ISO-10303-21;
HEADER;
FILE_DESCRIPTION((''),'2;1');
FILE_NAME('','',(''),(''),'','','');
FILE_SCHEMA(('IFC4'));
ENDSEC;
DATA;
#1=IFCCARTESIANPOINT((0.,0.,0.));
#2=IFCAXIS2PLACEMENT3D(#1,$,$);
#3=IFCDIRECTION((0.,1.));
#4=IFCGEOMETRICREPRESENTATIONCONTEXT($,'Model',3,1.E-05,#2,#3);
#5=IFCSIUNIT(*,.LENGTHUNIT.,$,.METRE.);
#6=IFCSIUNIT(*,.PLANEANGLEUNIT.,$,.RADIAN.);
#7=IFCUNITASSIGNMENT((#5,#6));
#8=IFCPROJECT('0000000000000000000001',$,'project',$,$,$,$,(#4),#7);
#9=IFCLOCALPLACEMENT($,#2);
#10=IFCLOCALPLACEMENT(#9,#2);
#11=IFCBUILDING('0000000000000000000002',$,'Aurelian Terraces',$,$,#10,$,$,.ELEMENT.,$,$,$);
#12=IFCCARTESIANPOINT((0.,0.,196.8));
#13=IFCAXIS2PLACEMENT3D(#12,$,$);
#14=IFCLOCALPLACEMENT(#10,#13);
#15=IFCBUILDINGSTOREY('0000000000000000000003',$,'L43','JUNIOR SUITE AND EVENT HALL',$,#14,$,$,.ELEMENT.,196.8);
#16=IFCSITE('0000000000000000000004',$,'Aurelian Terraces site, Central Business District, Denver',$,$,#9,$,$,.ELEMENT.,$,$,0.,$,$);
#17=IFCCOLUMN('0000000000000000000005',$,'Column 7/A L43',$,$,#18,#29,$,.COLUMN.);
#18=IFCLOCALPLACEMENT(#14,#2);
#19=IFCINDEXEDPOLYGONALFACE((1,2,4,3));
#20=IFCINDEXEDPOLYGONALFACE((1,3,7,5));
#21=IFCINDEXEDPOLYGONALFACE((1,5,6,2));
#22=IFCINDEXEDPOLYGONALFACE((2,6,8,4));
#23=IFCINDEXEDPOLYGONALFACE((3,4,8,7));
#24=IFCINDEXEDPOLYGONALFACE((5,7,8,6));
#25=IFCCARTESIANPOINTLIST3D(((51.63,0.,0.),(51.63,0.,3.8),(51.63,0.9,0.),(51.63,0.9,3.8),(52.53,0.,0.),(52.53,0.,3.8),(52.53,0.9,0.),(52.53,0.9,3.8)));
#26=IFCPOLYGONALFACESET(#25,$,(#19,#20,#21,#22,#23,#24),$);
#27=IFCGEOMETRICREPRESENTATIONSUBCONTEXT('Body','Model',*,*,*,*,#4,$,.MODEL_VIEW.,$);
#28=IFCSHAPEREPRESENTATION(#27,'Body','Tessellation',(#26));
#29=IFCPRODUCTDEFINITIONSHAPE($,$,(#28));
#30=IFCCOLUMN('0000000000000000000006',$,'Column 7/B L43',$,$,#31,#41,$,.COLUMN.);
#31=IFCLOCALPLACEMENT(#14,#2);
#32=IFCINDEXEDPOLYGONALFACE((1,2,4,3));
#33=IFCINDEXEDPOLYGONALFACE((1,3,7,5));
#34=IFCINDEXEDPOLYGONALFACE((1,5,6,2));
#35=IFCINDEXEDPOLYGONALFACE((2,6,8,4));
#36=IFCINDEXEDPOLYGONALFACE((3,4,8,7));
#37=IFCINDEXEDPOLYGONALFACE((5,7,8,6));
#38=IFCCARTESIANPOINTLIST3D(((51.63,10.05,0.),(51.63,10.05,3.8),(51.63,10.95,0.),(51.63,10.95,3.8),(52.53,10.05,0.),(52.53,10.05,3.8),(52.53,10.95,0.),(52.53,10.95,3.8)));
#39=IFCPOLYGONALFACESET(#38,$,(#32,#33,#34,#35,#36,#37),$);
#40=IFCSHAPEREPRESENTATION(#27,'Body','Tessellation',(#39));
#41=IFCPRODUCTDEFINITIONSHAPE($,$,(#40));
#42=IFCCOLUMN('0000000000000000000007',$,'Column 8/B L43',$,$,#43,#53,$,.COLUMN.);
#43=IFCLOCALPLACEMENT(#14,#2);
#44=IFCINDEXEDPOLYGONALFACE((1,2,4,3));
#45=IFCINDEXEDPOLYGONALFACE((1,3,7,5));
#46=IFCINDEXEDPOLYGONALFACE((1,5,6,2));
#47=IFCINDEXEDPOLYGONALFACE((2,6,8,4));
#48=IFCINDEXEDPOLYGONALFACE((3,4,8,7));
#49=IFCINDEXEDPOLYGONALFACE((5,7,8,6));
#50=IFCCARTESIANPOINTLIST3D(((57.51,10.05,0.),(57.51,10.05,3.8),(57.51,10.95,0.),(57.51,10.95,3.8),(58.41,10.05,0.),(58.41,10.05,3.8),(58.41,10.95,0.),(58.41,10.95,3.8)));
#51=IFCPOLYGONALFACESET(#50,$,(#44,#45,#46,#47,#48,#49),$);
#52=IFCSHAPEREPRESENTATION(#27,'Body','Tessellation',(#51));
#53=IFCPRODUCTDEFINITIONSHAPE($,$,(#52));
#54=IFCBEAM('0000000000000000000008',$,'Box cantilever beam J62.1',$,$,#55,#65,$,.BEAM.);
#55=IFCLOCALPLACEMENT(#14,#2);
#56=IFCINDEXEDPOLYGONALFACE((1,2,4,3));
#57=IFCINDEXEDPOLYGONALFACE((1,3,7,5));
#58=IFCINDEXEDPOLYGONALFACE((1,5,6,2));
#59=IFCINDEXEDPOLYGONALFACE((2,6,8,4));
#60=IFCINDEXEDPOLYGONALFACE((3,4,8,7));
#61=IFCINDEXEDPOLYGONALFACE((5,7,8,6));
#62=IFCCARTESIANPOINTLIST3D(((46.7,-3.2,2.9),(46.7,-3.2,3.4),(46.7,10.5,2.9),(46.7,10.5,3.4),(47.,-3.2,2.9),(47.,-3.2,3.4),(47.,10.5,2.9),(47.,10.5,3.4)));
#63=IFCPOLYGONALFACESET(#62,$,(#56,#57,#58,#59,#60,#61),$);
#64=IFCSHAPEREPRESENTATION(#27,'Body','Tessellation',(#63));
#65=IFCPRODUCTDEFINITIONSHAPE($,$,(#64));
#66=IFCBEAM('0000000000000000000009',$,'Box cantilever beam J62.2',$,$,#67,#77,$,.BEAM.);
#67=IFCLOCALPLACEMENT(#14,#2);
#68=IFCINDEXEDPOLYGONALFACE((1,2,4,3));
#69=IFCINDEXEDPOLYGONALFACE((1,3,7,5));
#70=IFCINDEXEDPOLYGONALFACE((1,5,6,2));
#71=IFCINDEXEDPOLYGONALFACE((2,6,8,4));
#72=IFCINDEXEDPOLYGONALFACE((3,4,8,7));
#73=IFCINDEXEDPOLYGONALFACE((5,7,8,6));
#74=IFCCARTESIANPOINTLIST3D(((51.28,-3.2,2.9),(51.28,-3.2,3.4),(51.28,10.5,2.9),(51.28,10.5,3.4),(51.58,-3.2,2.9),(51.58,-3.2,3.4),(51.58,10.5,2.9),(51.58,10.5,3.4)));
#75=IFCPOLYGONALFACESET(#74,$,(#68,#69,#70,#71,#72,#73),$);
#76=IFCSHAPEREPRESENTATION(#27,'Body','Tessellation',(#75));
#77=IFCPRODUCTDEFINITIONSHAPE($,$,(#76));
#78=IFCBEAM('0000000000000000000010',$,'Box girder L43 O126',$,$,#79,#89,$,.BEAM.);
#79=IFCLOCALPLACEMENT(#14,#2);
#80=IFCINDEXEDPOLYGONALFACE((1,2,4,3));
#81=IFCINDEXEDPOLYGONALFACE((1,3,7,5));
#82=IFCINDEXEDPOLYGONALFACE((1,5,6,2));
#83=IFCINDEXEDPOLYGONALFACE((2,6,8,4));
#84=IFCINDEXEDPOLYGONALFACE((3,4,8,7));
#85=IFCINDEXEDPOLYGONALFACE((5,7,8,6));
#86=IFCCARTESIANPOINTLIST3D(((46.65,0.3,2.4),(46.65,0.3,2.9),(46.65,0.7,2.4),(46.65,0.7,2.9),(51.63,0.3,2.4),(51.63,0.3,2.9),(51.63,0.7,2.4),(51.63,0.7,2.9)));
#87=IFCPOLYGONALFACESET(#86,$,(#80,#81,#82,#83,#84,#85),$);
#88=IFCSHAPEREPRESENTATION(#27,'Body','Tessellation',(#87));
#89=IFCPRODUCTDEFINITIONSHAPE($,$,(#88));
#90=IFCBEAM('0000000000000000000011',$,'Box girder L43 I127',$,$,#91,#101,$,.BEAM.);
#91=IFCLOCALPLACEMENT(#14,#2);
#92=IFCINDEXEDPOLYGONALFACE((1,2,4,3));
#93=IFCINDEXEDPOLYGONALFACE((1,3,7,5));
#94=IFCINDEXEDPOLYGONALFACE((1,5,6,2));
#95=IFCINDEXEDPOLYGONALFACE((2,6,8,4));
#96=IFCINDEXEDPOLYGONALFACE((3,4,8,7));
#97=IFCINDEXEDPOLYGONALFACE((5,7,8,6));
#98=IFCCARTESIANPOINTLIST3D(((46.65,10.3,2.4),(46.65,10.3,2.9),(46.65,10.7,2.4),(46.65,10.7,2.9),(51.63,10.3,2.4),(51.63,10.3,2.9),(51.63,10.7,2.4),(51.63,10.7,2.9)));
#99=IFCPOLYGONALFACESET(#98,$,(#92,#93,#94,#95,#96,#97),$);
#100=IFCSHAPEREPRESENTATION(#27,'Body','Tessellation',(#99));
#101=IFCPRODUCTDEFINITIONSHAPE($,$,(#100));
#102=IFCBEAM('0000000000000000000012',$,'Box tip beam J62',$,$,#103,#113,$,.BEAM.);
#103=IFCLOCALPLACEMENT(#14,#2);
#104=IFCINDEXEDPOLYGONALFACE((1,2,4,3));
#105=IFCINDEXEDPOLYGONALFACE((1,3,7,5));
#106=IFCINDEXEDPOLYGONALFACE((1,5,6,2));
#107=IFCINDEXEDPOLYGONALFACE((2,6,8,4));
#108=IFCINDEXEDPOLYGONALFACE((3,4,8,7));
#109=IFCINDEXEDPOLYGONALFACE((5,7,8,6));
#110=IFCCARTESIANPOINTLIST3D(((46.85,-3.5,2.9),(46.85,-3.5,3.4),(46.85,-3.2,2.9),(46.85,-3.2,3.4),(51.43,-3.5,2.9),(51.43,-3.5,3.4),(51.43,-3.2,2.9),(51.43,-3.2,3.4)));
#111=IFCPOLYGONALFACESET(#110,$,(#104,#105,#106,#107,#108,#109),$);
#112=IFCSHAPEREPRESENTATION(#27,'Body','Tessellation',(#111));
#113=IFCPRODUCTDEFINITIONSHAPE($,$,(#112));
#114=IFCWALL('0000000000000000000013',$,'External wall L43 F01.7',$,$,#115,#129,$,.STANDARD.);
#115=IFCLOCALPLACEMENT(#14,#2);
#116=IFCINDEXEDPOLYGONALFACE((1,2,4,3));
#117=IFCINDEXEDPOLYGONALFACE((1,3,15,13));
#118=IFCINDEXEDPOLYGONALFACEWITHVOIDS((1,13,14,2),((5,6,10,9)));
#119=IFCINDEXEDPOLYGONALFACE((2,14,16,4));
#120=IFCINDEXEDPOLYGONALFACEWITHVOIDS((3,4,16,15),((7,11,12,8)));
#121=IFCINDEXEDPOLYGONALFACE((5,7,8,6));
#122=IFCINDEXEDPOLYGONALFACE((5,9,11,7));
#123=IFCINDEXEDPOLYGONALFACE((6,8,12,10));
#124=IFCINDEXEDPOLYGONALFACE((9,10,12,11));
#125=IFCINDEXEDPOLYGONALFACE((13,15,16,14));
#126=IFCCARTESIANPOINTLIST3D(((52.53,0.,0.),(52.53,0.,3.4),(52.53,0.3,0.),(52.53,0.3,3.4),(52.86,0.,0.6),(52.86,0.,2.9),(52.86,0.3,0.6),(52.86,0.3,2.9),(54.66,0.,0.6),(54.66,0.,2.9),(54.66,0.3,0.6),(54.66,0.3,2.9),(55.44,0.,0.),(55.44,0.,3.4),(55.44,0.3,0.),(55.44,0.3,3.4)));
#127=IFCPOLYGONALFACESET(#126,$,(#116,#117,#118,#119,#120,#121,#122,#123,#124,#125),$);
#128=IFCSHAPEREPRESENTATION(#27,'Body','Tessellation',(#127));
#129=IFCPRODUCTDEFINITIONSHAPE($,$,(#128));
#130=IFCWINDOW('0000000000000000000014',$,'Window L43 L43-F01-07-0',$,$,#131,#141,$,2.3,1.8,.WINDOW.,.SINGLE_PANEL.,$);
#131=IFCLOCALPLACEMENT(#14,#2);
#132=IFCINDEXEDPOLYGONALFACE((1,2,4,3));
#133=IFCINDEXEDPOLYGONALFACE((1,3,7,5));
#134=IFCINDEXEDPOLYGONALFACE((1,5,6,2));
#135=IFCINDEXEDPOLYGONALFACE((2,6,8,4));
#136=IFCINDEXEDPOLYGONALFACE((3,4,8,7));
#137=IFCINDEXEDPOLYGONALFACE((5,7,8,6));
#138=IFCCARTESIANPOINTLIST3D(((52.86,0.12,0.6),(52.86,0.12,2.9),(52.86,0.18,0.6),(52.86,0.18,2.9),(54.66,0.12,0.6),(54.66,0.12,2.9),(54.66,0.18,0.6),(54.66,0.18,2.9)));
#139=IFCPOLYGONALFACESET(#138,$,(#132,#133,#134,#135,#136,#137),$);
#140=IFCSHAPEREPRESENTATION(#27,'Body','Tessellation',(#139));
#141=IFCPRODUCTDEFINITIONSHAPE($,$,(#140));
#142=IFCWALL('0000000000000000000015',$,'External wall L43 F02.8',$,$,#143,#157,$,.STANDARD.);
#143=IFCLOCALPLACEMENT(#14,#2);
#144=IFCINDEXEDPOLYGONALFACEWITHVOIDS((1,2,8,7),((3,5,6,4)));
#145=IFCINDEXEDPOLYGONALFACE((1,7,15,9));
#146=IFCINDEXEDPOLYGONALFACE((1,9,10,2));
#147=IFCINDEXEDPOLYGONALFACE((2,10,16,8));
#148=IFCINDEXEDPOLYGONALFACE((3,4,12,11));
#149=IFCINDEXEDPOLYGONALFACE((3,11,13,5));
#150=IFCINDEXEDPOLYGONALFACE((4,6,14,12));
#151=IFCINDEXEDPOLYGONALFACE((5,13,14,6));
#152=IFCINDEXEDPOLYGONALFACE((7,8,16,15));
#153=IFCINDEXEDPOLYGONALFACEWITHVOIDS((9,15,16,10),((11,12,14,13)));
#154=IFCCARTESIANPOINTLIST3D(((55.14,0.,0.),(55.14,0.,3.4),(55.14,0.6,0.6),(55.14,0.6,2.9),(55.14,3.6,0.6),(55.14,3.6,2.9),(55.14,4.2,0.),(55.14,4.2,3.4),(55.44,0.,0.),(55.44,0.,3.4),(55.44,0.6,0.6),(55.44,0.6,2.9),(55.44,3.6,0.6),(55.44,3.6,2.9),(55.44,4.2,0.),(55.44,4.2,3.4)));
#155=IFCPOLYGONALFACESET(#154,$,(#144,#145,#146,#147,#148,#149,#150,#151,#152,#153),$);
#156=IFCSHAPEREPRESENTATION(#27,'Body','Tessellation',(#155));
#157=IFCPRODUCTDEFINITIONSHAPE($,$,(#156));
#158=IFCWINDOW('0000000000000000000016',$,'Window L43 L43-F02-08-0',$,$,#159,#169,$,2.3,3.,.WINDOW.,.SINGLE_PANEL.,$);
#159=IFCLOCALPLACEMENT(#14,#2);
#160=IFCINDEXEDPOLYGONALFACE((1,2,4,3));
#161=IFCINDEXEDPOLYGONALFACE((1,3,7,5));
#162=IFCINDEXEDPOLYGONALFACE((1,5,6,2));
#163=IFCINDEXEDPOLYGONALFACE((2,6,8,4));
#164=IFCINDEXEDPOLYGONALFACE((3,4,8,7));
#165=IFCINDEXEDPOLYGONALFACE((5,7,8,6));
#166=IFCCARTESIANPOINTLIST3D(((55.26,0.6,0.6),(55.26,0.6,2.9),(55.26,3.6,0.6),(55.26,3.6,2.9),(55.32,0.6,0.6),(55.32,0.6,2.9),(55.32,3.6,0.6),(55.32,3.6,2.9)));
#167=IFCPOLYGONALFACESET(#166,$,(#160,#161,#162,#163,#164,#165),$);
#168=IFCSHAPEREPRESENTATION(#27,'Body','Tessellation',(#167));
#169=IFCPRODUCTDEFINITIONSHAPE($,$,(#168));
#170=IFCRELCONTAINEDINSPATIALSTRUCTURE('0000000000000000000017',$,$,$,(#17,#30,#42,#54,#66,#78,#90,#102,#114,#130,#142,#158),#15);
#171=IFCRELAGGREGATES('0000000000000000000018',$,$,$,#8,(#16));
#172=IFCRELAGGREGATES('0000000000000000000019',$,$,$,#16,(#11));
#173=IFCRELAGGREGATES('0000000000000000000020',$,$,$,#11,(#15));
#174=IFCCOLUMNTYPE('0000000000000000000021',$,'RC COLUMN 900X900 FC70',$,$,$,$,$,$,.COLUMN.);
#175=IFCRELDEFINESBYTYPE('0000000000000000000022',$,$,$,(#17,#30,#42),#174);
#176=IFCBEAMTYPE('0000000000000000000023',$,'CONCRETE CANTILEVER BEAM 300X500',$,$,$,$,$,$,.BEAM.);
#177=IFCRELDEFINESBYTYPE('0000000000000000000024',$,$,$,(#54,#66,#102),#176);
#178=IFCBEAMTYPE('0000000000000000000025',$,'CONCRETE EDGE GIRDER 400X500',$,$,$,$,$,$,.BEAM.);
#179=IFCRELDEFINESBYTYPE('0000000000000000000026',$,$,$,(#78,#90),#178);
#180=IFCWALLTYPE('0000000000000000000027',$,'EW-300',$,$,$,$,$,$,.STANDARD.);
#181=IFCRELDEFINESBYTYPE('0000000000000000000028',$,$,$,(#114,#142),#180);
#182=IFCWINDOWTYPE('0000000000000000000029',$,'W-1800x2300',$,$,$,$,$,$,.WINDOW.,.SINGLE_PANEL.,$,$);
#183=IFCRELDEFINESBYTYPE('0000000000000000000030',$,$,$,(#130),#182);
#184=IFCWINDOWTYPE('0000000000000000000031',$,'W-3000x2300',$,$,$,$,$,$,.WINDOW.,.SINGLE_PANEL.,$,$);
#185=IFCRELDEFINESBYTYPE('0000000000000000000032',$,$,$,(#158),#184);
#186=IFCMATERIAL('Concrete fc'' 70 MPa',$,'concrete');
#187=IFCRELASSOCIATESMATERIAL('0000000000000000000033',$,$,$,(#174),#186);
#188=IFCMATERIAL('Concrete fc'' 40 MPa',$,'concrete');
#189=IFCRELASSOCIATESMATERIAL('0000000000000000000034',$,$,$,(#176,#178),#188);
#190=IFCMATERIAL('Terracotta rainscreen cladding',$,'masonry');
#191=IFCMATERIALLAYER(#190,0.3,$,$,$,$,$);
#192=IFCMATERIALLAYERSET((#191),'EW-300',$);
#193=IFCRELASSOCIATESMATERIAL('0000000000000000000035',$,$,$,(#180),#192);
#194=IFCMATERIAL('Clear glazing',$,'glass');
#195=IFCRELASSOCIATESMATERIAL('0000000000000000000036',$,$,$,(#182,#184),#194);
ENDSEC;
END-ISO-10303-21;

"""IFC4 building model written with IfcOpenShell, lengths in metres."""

from ifc_helpers import new_model, si_unit, direction, frame, frame_2d, origin, origin_2d, place, context, subcontext, project, spatial, rectangle, extrude, source, transform, mapped, material, layer, layer_set, material_profile, profile_set, type_object, element, fill, save


model = new_model("IFC4")

# Units and contexts
model_context = context("Model", 3, precision=1e-05, world=origin(), true_north=direction((0.0, 1.0)))
body_context = subcontext(model_context, "Body", "Model", "MODEL_VIEW")
ifc_project = project(units=[si_unit("LENGTHUNIT", "METRE"), si_unit("PLANEANGLEUNIT", "RADIAN")], contexts=[model_context])

# Site, building, storey
site_placement = place(None, origin())
site = spatial("IfcSite", under=ifc_project, at=site_placement, Name="Aurelian Terraces site, Central Business District, Denver", CompositionType="ELEMENT", RefElevation=0.0)
building_placement = place(site_placement, origin())
building = spatial("IfcBuilding", under=site, at=building_placement, Name="Aurelian Terraces", CompositionType="ELEMENT")
storey_placement = place(building_placement, frame((0.0, 0.0, 196.8)))
storey = spatial("IfcBuildingStorey", under=building, at=storey_placement, Name="L43", Description="JUNIOR SUITE AND EVENT HALL", CompositionType="ELEMENT", Elevation=196.8)

# Columns
ifc_material_1 = material(Name="Concrete fc' 70 MPa", Category="concrete")
ifc_material_profile_1 = material_profile(ifc_material_1, rectangle(XDim=0.9, YDim=0.9, at=origin_2d()))
ifc_profile_set_1 = profile_set([ifc_material_profile_1], Name="Concrete fc' 70 MPa")
column_type = type_object("IfcColumnType", Name="RC COLUMN 900X900 FC70", PredefinedType="COLUMN", material=ifc_profile_set_1)
shared_shape_1 = source(origin(), body_context, "Body", "SweptSolid", [
    extrude(rectangle(XDim=0.9, YDim=0.9, at=origin_2d()), origin(), (0.0, 0.0, 1.0), 3.8),
])
for number, where, z_axis, x_axis, name in (
    (1, (52.08, 0.45, 0.0), (0.0, 0.0, 1.0), (1.0, 0.0, 0.0), "Column 7/A L43"),
    (2, (52.08, 10.5, 0.0), (0.0, 0.0, 1.0), (1.0, 0.0, 0.0), "Column 7/B L43"),
    (3, (57.96, 10.5, 0.0), (0.0, 0.0, 1.0), (1.0, 0.0, 0.0), "Column 8/B L43"),
):
    element("IfcColumn", number, at=place(storey_placement, frame(where, z_axis=z_axis, x_axis=x_axis)), inside=storey, type_object=column_type, Name=name, PredefinedType="COLUMN", context=body_context, shape_type="MappedRepresentation", body=[
        mapped(shared_shape_1, transform((0.0, 0.0, 0.0), scale=1.0)),
    ])

# Beams
ifc_material_2 = material(Name="Concrete fc' 40 MPa", Category="concrete")
ifc_material_profile_2 = material_profile(ifc_material_2, rectangle(XDim=0.3, YDim=0.5, at=origin_2d()))
ifc_profile_set_2 = profile_set([ifc_material_profile_2], Name="Concrete fc' 40 MPa")
beam_type_1 = type_object("IfcBeamType", Name="CONCRETE CANTILEVER BEAM 300X500", PredefinedType="BEAM", material=ifc_profile_set_2)
shared_shape_2 = source(origin(), body_context, "Body", "SweptSolid", [
    extrude(rectangle(XDim=0.3, YDim=0.5, at=origin_2d()), origin(), (0.0, 0.0, 1.0), 13.7),
])
for number, where, z_axis, x_axis, name in (
    (4, (46.85, -3.2, 3.15), (0.0, 1.0, 0.0), (-1.0, 0.0, 0.0), "Box cantilever beam J62.1"),
    (5, (51.43, -3.2, 3.15), (0.0, 1.0, 0.0), (-1.0, 0.0, 0.0), "Box cantilever beam J62.2"),
):
    element("IfcBeam", number, at=place(storey_placement, frame(where, z_axis=z_axis, x_axis=x_axis)), inside=storey, type_object=beam_type_1, Name=name, PredefinedType="BEAM", context=body_context, shape_type="MappedRepresentation", body=[
        mapped(shared_shape_2, transform((0.0, 0.0, 0.0), scale=1.0)),
    ])
ifc_material_profile_3 = material_profile(ifc_material_2, rectangle(XDim=0.4, YDim=0.5, at=origin_2d()))
ifc_profile_set_3 = profile_set([ifc_material_profile_3], Name="Concrete fc' 40 MPa")
beam_type_2 = type_object("IfcBeamType", Name="CONCRETE EDGE GIRDER 400X500", PredefinedType="BEAM", material=ifc_profile_set_3)
shared_shape_3 = source(origin(), body_context, "Body", "SweptSolid", [
    extrude(rectangle(XDim=0.4, YDim=0.5, at=origin_2d()), origin(), (0.0, 0.0, 1.0), 4.98),
])
for number, where, z_axis, x_axis, name in (
    (6, (46.65, 0.5, 2.65), (1.0, 0.0, 0.0), (0.0, 1.0, 0.0), "Box girder L43 O126"),
    (7, (46.65, 10.5, 2.65), (1.0, 0.0, 0.0), (0.0, 1.0, 0.0), "Box girder L43 I127"),
):
    element("IfcBeam", number, at=place(storey_placement, frame(where, z_axis=z_axis, x_axis=x_axis)), inside=storey, type_object=beam_type_2, Name=name, PredefinedType="BEAM", context=body_context, shape_type="MappedRepresentation", body=[
        mapped(shared_shape_3, transform((0.0, 0.0, 0.0), scale=1.0)),
    ])
shared_shape_4 = source(origin(), body_context, "Body", "SweptSolid", [
    extrude(rectangle(XDim=0.3, YDim=0.5, at=origin_2d()), origin(), (0.0, 0.0, 1.0), 4.58),
])
beam_placement = place(storey_placement, frame((46.85, -3.35, 3.15), z_axis=(1.0, 0.0, 0.0), x_axis=(0.0, 1.0, 0.0)))
element("IfcBeam", 8, at=beam_placement, inside=storey, type_object=beam_type_1, Name="Box tip beam J62", PredefinedType="BEAM", context=body_context, shape_type="MappedRepresentation", body=[
    mapped(shared_shape_4, transform((0.0, 0.0, 0.0), scale=1.0)),
])

# Walls, openings, windows
ifc_material_3 = material(Name="Terracotta rainscreen cladding", Category="masonry")
ifc_layer = layer(ifc_material_3, 0.3)
ifc_layer_set = layer_set([ifc_layer], Name="EW-300")
wall_type = type_object("IfcWallType", Name="EW-300", PredefinedType="STANDARD", material=ifc_layer_set)
shared_shape_5 = source(origin(), body_context, "Body", "SweptSolid", [
    extrude(rectangle(XDim=2.91, YDim=0.3, at=frame_2d((1.455, 0.0))), origin(), (0.0, 0.0, 1.0), 3.4),
])
wall_1_placement = place(storey_placement, frame((52.53, 0.15, 0.0), z_axis=(0.0, 0.0, 1.0), x_axis=(1.0, 0.0, 0.0)))
wall_1 = element("IfcWall", 9, at=wall_1_placement, inside=storey, type_object=wall_type, Name="External wall L43 F01.7", PredefinedType="STANDARD", context=body_context, shape_type="MappedRepresentation", body=[
    mapped(shared_shape_5, transform((0.0, 0.0, 0.0), scale=1.0)),
])
shared_shape_6 = source(origin(), body_context, "Body", "SweptSolid", [
    extrude(rectangle(XDim=1.8, YDim=2.3, at=frame_2d((0.9, 1.15))), frame((0.0, 0.16, 0.0), z_axis=(0.0, -1.0, 0.0), x_axis=(1.0, 0.0, 0.0)), (0.0, 0.0, 1.0), 0.32),
])
opening_1_placement = place(wall_1_placement, frame((0.33, 0.0, 0.6)))
opening_1 = element("IfcOpeningElement", 10, at=opening_1_placement, cuts=wall_1, PredefinedType="OPENING", context=body_context, shape_type="MappedRepresentation", body=[
    mapped(shared_shape_6, transform((0.0, 0.0, 0.0), scale=1.0)),
])
ifc_material_4 = material(Name="Clear glazing", Category="glass")
window_type_1 = type_object("IfcWindowType", Name="W-1800x2300", PartitioningType="SINGLE_PANEL", PredefinedType="WINDOW", material=ifc_material_4)
shared_shape_7 = source(origin(), body_context, "Body", "SweptSolid", [
    extrude(rectangle(XDim=1.8, YDim=2.3, at=frame_2d((0.9, 1.15))), frame((0.0, 0.03, 0.0), z_axis=(0.0, -1.0, 0.0), x_axis=(1.0, 0.0, 0.0)), (0.0, 0.0, 1.0), 0.06),
])
window_1_placement = place(opening_1_placement, origin())
window_1 = element("IfcWindow", 11, at=window_1_placement, inside=storey, type_object=window_type_1, Name="Window L43 L43-F01-07-0", OverallHeight=2.3, OverallWidth=1.8, PartitioningType="SINGLE_PANEL", PredefinedType="WINDOW", context=body_context, shape_type="MappedRepresentation", body=[
    mapped(shared_shape_7, transform((0.0, 0.0, 0.0), scale=1.0)),
])
fill(opening_1, window_1)
shared_shape_8 = source(origin(), body_context, "Body", "SweptSolid", [
    extrude(rectangle(XDim=4.2, YDim=0.3, at=frame_2d((2.1, 0.0))), origin(), (0.0, 0.0, 1.0), 3.4),
])
wall_2_placement = place(storey_placement, frame((55.29, 0.0, 0.0), z_axis=(0.0, 0.0, 1.0), x_axis=(0.0, 1.0, 0.0)))
wall_2 = element("IfcWall", 12, at=wall_2_placement, inside=storey, type_object=wall_type, Name="External wall L43 F02.8", PredefinedType="STANDARD", context=body_context, shape_type="MappedRepresentation", body=[
    mapped(shared_shape_8, transform((0.0, 0.0, 0.0), scale=1.0)),
])
shared_shape_9 = source(origin(), body_context, "Body", "SweptSolid", [
    extrude(rectangle(XDim=3.0, YDim=2.3, at=frame_2d((1.5, 1.15))), frame((0.0, 0.16, 0.0), z_axis=(0.0, -1.0, 0.0), x_axis=(1.0, 0.0, 0.0)), (0.0, 0.0, 1.0), 0.32),
])
opening_2_placement = place(wall_2_placement, frame((0.6, 0.0, 0.6)))
opening_2 = element("IfcOpeningElement", 13, at=opening_2_placement, cuts=wall_2, PredefinedType="OPENING", context=body_context, shape_type="MappedRepresentation", body=[
    mapped(shared_shape_9, transform((0.0, 0.0, 0.0), scale=1.0)),
])
window_type_2 = type_object("IfcWindowType", Name="W-3000x2300", PartitioningType="SINGLE_PANEL", PredefinedType="WINDOW", material=ifc_material_4)
shared_shape_10 = source(origin(), body_context, "Body", "SweptSolid", [
    extrude(rectangle(XDim=3.0, YDim=2.3, at=frame_2d((1.5, 1.15))), frame((0.0, 0.03, 0.0), z_axis=(0.0, -1.0, 0.0), x_axis=(1.0, 0.0, 0.0)), (0.0, 0.0, 1.0), 0.06),
])
window_2_placement = place(opening_2_placement, origin())
window_2 = element("IfcWindow", 14, at=window_2_placement, inside=storey, type_object=window_type_2, Name="Window L43 L43-F02-08-0", OverallHeight=2.3, OverallWidth=3.0, PartitioningType="SINGLE_PANEL", PredefinedType="WINDOW", context=body_context, shape_type="MappedRepresentation", body=[
    mapped(shared_shape_10, transform((0.0, 0.0, 0.0), scale=1.0)),
])
fill(opening_2, window_2)

save(model, "model.ifc")
